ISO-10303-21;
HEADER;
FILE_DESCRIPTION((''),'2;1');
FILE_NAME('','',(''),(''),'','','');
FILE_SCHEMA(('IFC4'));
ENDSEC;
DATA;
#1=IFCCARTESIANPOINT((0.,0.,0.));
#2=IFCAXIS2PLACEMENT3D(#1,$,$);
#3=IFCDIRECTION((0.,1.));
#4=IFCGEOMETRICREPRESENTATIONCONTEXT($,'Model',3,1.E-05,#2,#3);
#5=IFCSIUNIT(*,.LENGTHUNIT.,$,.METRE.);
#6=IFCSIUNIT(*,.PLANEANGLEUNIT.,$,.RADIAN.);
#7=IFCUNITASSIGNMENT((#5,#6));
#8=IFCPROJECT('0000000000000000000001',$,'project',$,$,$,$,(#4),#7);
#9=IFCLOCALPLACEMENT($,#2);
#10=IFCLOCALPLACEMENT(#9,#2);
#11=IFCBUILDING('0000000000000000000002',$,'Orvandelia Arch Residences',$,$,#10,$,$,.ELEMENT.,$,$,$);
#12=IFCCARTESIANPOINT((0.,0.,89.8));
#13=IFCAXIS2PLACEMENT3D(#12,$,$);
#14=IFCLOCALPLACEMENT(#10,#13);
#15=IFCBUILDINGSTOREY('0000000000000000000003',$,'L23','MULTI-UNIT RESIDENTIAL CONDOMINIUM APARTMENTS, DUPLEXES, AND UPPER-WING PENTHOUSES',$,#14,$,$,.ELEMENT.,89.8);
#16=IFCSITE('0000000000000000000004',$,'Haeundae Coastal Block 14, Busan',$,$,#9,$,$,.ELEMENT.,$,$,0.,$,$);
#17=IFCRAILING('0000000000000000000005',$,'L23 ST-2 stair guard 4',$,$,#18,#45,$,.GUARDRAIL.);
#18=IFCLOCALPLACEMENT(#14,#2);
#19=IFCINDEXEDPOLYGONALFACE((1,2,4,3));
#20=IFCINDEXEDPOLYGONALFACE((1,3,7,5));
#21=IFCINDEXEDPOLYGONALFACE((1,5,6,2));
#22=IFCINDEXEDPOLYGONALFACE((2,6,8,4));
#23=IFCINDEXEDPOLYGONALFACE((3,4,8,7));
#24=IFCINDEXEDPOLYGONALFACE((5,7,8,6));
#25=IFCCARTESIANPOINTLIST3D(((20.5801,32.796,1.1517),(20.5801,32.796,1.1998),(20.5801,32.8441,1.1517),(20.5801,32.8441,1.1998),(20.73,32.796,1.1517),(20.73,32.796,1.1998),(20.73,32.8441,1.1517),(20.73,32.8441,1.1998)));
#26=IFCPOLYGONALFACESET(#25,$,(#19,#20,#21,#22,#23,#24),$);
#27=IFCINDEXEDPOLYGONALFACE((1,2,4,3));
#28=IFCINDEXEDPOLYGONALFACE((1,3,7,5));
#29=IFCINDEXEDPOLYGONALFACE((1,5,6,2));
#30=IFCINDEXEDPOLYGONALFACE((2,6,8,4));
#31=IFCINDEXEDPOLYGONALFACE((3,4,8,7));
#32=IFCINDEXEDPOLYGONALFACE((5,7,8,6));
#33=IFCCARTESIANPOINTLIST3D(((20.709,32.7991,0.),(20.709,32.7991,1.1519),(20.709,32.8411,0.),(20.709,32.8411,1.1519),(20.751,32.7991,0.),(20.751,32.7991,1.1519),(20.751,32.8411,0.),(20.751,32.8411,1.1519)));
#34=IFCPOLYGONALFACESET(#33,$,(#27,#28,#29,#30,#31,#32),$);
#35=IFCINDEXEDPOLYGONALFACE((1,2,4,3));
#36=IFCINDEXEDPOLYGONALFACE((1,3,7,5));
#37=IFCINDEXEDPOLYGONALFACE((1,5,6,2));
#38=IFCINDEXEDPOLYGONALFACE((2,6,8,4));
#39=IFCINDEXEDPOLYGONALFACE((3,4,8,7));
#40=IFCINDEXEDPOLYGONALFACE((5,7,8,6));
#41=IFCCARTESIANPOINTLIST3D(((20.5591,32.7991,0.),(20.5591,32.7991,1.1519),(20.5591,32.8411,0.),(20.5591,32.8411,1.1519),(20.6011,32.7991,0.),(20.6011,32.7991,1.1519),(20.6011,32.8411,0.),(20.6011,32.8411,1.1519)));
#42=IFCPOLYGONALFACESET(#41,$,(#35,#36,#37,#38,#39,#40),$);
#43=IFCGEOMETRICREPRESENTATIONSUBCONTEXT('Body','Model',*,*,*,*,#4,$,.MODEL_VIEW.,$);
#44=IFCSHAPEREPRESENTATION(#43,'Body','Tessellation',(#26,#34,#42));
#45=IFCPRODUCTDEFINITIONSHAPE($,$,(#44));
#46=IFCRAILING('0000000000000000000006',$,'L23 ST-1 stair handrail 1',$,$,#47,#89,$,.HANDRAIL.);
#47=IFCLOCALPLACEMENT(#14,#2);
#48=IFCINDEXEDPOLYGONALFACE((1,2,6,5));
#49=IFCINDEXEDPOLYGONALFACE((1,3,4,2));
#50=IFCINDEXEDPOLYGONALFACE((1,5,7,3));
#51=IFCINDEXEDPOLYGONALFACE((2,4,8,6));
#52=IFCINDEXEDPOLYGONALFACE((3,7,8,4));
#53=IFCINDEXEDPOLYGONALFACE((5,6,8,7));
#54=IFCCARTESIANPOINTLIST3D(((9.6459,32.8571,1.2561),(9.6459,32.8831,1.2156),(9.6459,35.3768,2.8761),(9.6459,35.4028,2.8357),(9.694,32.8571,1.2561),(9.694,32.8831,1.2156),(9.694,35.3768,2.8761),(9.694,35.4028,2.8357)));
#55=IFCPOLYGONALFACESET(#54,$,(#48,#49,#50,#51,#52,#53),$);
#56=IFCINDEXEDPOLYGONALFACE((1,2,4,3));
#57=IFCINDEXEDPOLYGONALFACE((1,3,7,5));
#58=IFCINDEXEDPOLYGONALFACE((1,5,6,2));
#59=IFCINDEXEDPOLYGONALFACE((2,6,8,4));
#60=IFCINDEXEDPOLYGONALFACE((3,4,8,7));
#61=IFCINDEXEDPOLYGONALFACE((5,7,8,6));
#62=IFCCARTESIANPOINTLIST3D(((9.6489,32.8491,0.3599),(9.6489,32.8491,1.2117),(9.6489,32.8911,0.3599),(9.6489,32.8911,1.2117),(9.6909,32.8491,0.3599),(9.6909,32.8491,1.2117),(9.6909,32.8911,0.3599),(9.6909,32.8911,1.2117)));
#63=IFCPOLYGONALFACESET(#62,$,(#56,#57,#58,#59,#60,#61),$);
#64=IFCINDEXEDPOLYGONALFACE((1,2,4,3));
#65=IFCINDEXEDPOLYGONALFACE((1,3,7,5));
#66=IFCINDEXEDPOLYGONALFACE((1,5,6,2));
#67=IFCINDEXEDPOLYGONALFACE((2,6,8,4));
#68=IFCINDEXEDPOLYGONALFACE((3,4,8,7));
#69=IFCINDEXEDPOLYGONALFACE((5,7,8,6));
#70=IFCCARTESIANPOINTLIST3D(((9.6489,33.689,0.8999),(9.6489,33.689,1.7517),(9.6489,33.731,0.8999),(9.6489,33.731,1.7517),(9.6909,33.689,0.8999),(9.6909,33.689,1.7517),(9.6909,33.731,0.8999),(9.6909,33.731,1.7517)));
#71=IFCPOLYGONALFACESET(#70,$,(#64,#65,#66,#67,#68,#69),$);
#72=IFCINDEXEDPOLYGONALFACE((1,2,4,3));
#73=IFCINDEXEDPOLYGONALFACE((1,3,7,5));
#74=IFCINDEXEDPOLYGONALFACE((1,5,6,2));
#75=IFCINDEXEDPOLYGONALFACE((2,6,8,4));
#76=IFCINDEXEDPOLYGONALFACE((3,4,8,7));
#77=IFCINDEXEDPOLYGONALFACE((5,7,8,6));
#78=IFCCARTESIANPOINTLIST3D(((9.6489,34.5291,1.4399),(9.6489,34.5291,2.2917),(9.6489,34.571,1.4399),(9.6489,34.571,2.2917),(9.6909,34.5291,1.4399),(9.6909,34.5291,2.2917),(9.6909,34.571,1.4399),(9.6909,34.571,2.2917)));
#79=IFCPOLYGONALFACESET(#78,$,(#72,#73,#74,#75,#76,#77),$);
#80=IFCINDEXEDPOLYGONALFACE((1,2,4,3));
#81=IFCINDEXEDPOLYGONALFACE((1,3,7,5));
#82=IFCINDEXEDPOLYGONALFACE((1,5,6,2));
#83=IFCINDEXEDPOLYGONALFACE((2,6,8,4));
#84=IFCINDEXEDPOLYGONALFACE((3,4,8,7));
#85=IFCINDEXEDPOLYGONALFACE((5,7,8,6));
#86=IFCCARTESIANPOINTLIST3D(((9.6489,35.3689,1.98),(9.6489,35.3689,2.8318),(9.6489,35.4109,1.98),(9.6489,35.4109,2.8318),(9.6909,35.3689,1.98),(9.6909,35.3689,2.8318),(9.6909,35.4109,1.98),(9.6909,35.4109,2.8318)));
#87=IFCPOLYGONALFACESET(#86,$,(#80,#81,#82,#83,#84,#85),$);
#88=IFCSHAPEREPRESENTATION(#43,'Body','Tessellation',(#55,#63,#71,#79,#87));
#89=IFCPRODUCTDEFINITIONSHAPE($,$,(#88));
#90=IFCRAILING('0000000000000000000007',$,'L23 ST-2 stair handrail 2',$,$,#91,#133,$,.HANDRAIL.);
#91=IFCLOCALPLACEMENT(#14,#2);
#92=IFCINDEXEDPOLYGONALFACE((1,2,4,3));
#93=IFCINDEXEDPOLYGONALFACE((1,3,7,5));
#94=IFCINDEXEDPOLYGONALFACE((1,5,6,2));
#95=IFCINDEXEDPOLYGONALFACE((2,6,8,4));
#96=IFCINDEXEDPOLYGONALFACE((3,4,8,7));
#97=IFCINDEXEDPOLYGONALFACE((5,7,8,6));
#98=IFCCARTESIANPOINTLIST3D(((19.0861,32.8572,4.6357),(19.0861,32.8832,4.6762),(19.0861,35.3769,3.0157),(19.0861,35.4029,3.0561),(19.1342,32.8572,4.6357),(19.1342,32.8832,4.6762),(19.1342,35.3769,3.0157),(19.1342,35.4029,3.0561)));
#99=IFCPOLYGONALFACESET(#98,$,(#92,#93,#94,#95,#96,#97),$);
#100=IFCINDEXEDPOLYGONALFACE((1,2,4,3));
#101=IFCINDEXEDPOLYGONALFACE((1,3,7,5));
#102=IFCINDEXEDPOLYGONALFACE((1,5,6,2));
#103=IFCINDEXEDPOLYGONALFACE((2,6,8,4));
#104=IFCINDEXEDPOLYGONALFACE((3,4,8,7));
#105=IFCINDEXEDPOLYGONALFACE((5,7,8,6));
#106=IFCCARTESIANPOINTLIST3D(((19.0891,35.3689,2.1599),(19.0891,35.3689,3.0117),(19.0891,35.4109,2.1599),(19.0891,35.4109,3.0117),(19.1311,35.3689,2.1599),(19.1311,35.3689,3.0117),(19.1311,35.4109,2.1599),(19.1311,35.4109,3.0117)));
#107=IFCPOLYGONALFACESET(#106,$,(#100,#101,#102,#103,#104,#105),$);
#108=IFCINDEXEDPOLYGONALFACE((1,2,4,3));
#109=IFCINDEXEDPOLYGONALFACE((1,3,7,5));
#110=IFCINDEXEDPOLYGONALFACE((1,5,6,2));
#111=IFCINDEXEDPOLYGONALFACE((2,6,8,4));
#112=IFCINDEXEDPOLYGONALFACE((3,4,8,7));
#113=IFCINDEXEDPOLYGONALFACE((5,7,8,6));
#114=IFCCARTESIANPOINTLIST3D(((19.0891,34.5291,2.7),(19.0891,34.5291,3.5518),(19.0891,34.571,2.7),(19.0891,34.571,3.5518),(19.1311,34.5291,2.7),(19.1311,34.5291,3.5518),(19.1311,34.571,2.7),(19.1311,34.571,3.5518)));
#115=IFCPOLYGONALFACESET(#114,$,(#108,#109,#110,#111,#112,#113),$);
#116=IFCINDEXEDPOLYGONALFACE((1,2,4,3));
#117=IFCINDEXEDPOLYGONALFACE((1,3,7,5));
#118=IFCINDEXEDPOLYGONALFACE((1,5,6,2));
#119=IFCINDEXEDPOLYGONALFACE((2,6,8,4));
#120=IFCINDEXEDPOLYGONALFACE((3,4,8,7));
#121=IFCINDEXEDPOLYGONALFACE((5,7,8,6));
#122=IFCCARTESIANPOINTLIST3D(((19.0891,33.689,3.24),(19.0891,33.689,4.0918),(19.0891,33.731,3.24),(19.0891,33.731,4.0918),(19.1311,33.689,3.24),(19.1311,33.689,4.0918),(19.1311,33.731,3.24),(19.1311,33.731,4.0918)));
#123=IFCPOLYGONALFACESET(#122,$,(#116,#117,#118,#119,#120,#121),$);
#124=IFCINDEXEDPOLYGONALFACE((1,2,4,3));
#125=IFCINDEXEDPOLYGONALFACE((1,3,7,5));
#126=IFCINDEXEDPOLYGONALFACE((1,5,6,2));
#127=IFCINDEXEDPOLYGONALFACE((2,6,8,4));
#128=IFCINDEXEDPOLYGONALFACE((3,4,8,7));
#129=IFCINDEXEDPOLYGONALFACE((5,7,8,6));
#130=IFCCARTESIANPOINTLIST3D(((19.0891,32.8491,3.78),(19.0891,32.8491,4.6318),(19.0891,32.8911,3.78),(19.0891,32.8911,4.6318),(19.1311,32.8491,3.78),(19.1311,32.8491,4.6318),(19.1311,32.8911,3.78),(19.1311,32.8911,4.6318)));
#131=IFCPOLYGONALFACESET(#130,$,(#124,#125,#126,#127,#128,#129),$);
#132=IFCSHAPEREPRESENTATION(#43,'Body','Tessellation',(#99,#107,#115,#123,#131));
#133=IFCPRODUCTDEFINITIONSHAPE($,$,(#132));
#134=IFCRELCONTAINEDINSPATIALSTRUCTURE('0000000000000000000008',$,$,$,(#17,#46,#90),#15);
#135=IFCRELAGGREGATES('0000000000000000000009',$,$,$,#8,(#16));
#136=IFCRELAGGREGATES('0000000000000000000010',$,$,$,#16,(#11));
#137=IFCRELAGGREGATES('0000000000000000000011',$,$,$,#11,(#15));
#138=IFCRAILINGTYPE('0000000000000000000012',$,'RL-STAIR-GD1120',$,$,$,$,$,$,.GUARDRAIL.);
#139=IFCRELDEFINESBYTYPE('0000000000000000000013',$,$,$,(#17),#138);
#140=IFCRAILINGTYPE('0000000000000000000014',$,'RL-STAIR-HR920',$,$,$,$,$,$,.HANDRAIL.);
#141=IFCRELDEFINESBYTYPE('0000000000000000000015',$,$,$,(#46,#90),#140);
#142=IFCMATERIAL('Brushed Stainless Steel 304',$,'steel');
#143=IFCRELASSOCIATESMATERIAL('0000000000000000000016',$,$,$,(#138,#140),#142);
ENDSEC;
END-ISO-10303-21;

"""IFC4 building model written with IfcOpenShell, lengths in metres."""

from ifc_helpers import new_model, si_unit, direction, frame, origin, origin_2d, place, context, subcontext, project, spatial, rectangle, extrude, material, type_object, element, save


model = new_model("IFC4")

# Units and contexts
model_context = context("Model", 3, precision=1e-05, world=origin(), true_north=direction((0.0, 1.0)))
body_context = subcontext(model_context, "Body", "Model", "MODEL_VIEW")
ifc_project = project(units=[si_unit("LENGTHUNIT", "METRE"), si_unit("PLANEANGLEUNIT", "RADIAN")], contexts=[model_context])

# Site, building, storey
site_placement = place(None, origin())
site = spatial("IfcSite", under=ifc_project, at=site_placement, Name="Haeundae Coastal Block 14, Busan", CompositionType="ELEMENT", RefElevation=0.0)
building_placement = place(site_placement, origin())
building = spatial("IfcBuilding", under=site, at=building_placement, Name="Orvandelia Arch Residences", CompositionType="ELEMENT")
storey_placement = place(building_placement, frame((0.0, 0.0, 89.8)))
storey = spatial("IfcBuildingStorey", under=building, at=storey_placement, Name="L23", Description="MULTI-UNIT RESIDENTIAL CONDOMINIUM APARTMENTS, DUPLEXES, AND UPPER-WING PENTHOUSES", CompositionType="ELEMENT", Elevation=89.8)

# Railings
ifc_material_1 = material(Name="Brushed Stainless Steel 304", Category="steel")
railing_type_1 = type_object("IfcRailingType", Name="RL-STAIR-GD1120", PredefinedType="GUARDRAIL", material=ifc_material_1)
railing_1_placement = place(storey_placement, frame((20.73, 32.8201, 0.0)))
element("IfcRailing", 1, at=railing_1_placement, inside=storey, type_object=railing_type_1, Name="L23 ST-2 stair guard 4", PredefinedType="GUARDRAIL", context=body_context, shape_type="SweptSolid", body=[
    extrude(rectangle(XDim=0.0481, YDim=0.0481, at=origin_2d()), frame((0.0, 0.0, 1.1758), z_axis=(-1.0, 0.0, 0.0), x_axis=(0.0, -1.0, 0.0)), (0.0, 0.0, 1.0), 0.1499),
    extrude(rectangle(XDim=0.042, YDim=0.042, at=origin_2d()), origin(), (0.0, 0.0, 1.0), 1.1519),
    extrude(rectangle(XDim=0.042, YDim=0.042, at=origin_2d()), frame((-0.1499, 0.0, 0.0)), (0.0, 0.0, 1.0), 1.1519),
])
railing_type_2 = type_object("IfcRailingType", Name="RL-STAIR-HR920", PredefinedType="HANDRAIL", material=ifc_material_1)
railing_2_placement = place(storey_placement, frame((9.6699, 32.8701, 0.3599)))
element("IfcRailing", 2, at=railing_2_placement, inside=storey, type_object=railing_type_2, Name="L23 ST-1 stair handrail 1", PredefinedType="HANDRAIL", context=body_context, shape_type="SweptSolid", body=[
    extrude(rectangle(XDim=0.0481, YDim=0.0481, at=origin_2d()), frame((0.0, 0.0, 0.876), z_axis=(0.0, 0.841139, 0.540819), x_axis=(-1.0, 0.0, 0.0)), (0.0, 0.0, 1.0), 2.9956),
    extrude(rectangle(XDim=0.042, YDim=0.042, at=origin_2d()), origin(), (0.0, 0.0, 1.0), 0.8518),
    extrude(rectangle(XDim=0.042, YDim=0.042, at=origin_2d()), frame((0.0, 0.8398, 0.54)), (0.0, 0.0, 1.0), 0.8518),
    extrude(rectangle(XDim=0.042, YDim=0.042, at=origin_2d()), frame((0.0, 1.6799, 1.0801)), (0.0, 0.0, 1.0), 0.8518),
    extrude(rectangle(XDim=0.042, YDim=0.042, at=origin_2d()), frame((0.0, 2.5198, 1.6201)), (0.0, 0.0, 1.0), 0.8518),
])
railing_3_placement = place(storey_placement, frame((19.1101, 35.3899, 2.1599)))
element("IfcRailing", 3, at=railing_3_placement, inside=storey, type_object=railing_type_2, Name="L23 ST-2 stair handrail 2", PredefinedType="HANDRAIL", context=body_context, shape_type="SweptSolid", body=[
    extrude(rectangle(XDim=0.0481, YDim=0.0481, at=origin_2d()), frame((0.0, 0.0, 0.876), z_axis=(0.0, -0.841139, 0.540819), x_axis=(1.0, 0.0, 0.0)), (0.0, 0.0, 1.0), 2.9956),
    extrude(rectangle(XDim=0.042, YDim=0.042, at=origin_2d()), origin(), (0.0, 0.0, 1.0), 0.8518),
    extrude(rectangle(XDim=0.042, YDim=0.042, at=origin_2d()), frame((0.0, -0.8398, 0.54)), (0.0, 0.0, 1.0), 0.8518),
    extrude(rectangle(XDim=0.042, YDim=0.042, at=origin_2d()), frame((0.0, -1.6799, 1.0801)), (0.0, 0.0, 1.0), 0.8518),
    extrude(rectangle(XDim=0.042, YDim=0.042, at=origin_2d()), frame((0.0, -2.5198, 1.6201)), (0.0, 0.0, 1.0), 0.8518),
])

save(model, "model.ifc")
